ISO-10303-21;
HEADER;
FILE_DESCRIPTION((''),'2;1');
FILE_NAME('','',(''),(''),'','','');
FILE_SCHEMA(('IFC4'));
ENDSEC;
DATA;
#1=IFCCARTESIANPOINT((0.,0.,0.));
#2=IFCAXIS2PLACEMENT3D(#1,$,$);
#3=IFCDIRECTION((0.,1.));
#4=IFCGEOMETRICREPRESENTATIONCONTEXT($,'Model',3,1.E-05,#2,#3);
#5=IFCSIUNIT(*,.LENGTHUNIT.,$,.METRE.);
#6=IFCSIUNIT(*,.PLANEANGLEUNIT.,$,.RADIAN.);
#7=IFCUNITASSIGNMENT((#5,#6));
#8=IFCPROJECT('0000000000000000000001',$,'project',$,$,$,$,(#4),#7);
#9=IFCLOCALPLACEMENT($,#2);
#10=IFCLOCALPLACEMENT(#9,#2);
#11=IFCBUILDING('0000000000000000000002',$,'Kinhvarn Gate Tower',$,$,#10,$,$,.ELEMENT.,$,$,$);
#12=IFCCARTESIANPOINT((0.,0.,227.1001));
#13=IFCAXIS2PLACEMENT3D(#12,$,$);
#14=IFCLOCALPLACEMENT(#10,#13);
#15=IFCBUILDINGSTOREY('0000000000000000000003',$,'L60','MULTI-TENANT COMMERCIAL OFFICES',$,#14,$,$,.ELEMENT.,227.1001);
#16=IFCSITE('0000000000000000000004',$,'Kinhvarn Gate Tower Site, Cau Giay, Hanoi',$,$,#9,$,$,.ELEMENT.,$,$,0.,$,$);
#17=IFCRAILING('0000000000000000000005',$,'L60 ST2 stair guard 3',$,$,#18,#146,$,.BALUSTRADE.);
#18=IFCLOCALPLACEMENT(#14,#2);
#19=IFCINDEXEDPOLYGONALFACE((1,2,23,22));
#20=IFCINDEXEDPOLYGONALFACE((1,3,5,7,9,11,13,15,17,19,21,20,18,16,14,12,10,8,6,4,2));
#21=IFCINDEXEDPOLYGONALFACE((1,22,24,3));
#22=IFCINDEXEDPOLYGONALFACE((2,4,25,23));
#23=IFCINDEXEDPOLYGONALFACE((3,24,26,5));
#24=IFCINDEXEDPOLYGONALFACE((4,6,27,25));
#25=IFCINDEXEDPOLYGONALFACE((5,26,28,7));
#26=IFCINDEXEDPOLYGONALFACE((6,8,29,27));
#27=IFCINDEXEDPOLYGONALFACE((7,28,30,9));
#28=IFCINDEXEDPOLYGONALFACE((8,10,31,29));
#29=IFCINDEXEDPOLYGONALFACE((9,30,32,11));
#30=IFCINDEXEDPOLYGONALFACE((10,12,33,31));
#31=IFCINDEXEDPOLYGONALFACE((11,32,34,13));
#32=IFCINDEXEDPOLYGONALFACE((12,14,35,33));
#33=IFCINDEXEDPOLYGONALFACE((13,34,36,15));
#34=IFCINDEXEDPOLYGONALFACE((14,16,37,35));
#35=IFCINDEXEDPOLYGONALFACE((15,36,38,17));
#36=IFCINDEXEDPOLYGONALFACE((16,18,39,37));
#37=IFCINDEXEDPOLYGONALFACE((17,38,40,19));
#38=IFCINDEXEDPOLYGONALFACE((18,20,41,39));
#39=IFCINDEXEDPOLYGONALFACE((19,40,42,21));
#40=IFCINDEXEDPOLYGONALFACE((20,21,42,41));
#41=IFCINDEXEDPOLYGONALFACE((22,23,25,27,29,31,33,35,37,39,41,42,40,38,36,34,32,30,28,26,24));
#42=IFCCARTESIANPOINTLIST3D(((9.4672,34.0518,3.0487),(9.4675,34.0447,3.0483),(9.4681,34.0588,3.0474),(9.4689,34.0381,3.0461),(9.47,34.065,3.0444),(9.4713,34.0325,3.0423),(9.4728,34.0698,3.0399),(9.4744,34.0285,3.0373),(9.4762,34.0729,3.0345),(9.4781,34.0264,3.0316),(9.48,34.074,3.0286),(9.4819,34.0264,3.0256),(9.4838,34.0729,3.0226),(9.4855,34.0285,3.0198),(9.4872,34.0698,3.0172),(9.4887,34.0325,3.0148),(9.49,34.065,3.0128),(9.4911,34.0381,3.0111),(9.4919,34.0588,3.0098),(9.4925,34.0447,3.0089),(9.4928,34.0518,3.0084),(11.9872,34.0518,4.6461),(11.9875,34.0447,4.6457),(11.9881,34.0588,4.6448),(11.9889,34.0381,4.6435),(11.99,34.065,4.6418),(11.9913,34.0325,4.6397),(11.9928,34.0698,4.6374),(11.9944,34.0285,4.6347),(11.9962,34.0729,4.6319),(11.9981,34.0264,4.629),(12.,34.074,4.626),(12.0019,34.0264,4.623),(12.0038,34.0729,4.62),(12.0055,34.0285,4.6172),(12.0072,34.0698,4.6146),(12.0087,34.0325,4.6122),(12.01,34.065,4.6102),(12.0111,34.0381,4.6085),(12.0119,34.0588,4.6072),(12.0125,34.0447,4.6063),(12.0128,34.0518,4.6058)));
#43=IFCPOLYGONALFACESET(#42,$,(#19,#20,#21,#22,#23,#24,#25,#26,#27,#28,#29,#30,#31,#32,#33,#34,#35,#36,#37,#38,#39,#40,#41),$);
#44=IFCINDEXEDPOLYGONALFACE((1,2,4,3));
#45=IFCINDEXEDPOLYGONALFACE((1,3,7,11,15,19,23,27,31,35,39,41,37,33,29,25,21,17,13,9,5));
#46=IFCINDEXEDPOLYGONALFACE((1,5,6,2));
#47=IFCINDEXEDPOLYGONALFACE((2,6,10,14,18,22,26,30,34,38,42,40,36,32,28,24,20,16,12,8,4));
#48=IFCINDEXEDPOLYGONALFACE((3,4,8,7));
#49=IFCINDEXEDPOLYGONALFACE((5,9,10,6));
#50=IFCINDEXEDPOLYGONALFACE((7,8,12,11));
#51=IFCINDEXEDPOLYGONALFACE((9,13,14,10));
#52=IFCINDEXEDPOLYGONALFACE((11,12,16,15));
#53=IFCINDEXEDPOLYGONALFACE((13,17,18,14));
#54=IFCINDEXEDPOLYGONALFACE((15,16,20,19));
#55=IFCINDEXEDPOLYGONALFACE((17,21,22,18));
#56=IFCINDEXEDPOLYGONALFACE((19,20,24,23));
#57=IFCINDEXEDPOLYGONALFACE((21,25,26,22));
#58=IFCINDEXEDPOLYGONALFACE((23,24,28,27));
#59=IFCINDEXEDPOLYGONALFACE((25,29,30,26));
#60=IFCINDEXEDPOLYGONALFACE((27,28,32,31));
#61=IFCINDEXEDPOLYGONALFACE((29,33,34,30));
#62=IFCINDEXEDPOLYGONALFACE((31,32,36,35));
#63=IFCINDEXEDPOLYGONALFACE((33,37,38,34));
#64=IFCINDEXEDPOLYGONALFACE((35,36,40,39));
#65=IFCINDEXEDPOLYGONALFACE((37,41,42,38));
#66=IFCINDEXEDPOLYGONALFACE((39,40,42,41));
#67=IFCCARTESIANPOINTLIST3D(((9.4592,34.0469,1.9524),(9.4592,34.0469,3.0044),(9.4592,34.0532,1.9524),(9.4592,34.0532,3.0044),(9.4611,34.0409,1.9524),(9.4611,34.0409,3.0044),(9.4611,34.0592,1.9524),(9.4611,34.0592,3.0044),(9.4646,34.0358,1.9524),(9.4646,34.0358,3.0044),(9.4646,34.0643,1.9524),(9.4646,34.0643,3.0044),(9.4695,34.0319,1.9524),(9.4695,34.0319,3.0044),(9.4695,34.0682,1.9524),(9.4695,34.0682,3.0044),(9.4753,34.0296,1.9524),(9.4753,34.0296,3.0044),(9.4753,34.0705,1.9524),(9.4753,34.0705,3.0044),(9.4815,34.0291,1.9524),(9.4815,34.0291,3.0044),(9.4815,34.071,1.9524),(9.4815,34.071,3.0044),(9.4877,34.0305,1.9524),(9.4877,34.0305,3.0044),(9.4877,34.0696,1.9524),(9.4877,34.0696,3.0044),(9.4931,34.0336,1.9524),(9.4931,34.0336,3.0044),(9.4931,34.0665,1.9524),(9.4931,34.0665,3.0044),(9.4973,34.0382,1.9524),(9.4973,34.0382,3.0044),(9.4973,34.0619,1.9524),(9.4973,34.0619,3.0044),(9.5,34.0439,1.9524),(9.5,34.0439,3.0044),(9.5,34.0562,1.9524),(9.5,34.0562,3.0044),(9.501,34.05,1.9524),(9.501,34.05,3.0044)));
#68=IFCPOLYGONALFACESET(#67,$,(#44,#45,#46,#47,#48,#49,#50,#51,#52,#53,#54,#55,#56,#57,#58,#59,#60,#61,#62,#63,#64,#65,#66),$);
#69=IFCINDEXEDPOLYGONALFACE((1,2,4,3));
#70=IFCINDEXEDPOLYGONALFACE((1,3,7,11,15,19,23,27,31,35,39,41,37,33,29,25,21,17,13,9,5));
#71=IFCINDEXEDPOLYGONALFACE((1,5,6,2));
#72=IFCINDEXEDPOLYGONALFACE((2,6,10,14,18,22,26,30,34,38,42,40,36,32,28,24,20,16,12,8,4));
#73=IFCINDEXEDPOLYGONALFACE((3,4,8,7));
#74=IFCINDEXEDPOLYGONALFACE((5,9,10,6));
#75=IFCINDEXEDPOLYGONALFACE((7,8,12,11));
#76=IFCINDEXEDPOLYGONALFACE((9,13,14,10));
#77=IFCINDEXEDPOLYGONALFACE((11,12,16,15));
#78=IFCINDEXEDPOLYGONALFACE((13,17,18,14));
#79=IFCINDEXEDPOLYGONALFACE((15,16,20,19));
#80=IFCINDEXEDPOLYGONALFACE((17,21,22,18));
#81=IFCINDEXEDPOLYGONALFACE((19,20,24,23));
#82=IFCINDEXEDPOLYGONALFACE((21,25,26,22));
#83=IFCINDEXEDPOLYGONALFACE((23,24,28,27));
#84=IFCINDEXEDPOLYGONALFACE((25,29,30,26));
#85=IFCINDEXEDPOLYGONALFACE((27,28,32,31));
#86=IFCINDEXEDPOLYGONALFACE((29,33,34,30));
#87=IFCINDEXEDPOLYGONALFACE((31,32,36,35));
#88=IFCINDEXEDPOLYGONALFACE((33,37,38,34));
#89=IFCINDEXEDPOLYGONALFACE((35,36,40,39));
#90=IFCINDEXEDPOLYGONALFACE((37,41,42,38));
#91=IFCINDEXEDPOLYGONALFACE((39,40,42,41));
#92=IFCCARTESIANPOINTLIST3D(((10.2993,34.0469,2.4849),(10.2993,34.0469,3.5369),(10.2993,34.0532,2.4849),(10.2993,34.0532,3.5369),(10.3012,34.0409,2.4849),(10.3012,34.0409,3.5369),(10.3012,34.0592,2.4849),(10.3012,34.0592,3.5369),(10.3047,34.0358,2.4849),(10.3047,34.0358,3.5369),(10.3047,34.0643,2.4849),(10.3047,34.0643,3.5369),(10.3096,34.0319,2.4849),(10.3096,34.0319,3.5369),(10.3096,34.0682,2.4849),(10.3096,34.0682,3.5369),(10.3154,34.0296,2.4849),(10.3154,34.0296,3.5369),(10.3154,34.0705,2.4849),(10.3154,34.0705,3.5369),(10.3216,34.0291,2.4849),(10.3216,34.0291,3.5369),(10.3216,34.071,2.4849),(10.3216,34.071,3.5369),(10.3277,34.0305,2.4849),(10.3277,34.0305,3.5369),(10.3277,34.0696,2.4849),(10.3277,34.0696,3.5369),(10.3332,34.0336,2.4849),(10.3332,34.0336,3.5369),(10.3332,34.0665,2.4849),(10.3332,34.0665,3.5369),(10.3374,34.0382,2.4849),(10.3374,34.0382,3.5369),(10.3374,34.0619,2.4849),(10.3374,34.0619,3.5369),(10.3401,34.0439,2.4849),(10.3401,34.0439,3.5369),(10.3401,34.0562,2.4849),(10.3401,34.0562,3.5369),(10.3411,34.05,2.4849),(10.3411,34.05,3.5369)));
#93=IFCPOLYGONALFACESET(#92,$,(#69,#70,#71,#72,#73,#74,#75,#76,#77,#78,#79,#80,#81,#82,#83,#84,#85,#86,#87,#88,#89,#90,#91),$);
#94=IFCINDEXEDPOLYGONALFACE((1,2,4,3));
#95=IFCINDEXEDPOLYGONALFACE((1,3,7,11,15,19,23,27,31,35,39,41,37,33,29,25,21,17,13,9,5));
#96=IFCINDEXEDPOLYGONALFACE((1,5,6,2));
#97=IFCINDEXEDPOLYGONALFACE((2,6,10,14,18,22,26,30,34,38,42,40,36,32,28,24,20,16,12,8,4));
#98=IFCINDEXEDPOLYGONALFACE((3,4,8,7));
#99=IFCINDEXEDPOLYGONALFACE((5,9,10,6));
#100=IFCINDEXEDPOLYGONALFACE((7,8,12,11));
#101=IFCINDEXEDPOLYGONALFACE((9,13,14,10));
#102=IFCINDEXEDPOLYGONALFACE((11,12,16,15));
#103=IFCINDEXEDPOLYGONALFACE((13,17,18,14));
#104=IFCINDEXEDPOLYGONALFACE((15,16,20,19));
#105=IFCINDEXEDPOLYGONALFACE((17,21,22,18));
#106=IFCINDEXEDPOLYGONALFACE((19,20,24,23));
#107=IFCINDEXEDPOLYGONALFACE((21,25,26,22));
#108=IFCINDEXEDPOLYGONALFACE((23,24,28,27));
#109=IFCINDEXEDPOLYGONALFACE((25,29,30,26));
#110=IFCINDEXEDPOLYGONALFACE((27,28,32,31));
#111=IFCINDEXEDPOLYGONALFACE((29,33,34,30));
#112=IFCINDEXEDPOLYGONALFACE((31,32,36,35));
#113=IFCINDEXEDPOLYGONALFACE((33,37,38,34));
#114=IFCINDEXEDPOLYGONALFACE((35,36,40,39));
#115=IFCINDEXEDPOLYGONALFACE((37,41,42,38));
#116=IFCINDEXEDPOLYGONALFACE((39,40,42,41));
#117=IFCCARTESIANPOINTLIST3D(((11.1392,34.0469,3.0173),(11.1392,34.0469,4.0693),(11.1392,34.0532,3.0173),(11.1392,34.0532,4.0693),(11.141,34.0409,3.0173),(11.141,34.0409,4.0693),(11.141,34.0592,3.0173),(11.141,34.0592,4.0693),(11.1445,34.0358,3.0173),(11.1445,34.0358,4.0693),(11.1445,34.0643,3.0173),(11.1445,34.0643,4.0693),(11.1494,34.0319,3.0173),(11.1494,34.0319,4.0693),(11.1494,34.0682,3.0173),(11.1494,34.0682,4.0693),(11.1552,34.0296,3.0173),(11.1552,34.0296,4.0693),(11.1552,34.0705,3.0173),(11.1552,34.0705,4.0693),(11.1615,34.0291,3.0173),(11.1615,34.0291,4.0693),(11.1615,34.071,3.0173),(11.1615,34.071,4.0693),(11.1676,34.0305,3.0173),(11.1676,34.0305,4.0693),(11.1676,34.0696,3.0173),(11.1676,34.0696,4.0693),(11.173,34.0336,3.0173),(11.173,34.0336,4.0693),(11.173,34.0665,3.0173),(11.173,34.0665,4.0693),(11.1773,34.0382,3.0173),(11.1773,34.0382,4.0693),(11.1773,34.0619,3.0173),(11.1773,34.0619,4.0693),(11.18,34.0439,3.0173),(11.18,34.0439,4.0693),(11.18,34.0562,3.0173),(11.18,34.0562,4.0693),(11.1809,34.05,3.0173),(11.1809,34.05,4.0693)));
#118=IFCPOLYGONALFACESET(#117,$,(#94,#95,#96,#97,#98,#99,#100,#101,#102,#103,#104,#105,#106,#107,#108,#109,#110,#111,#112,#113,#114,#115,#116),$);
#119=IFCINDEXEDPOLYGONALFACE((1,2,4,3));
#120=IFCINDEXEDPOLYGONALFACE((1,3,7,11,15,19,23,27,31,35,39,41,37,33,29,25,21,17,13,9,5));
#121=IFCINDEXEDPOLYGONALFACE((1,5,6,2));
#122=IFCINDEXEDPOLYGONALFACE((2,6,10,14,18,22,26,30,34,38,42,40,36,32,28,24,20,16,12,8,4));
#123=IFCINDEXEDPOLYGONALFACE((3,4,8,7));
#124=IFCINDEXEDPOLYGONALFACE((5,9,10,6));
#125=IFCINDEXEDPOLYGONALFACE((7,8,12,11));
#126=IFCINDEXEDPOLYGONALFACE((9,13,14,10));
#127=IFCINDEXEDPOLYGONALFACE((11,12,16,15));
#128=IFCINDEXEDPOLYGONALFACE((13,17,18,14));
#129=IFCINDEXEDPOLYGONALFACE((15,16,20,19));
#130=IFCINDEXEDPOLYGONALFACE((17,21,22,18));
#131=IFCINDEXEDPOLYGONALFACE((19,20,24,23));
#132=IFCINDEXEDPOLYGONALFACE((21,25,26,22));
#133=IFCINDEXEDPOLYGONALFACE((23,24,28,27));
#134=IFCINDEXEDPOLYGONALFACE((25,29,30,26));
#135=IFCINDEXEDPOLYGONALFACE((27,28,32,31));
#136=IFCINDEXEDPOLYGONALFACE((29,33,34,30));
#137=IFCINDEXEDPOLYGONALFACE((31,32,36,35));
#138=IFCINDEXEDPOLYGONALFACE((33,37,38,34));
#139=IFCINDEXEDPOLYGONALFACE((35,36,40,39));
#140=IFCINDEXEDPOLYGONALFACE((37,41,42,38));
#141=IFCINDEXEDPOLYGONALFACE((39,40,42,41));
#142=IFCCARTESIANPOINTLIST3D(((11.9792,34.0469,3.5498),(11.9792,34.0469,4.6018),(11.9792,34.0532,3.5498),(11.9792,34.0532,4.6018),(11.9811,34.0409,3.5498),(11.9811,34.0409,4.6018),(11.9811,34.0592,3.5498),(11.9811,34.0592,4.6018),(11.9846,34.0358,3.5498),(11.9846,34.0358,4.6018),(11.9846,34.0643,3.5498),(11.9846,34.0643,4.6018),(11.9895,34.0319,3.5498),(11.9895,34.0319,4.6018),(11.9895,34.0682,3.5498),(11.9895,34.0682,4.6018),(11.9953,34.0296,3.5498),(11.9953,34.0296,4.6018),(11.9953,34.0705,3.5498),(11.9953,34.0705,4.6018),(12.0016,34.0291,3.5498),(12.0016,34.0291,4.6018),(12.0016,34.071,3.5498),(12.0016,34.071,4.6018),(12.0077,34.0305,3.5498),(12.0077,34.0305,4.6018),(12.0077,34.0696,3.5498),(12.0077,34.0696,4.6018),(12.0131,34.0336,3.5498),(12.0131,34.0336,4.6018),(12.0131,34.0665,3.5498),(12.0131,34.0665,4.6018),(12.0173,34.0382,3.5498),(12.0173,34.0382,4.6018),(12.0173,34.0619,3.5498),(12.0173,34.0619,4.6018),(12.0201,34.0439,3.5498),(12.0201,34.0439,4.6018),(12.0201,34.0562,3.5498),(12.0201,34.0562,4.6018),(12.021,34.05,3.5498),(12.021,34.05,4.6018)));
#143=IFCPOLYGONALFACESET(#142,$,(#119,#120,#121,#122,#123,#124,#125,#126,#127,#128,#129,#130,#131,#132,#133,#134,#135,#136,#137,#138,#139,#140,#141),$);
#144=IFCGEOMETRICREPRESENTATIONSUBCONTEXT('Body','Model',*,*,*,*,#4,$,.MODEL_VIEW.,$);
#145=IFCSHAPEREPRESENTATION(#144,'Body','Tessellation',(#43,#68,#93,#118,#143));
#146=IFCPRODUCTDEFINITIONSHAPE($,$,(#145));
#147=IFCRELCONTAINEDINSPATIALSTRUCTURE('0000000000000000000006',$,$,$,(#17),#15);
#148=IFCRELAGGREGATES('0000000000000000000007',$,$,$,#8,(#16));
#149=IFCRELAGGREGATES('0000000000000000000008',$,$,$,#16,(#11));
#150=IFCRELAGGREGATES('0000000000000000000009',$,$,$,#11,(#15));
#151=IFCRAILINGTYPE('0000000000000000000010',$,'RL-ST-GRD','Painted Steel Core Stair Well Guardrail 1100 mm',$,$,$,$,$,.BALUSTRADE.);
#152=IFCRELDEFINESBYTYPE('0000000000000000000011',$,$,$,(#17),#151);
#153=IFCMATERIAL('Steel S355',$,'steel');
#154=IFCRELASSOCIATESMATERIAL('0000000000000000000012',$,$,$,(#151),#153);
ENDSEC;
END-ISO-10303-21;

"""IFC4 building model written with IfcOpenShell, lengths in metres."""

from ifc_helpers import new_model, si_unit, direction, frame, origin, origin_2d, place, context, subcontext, project, spatial, circle, extrude, material, type_object, element, save


model = new_model("IFC4")

# Units and contexts
model_context = context("Model", 3, precision=1e-05, world=origin(), true_north=direction((0.0, 1.0)))
body_context = subcontext(model_context, "Body", "Model", "MODEL_VIEW")
ifc_project = project(units=[si_unit("LENGTHUNIT", "METRE"), si_unit("PLANEANGLEUNIT", "RADIAN")], contexts=[model_context])

# Site, building, storey
site_placement = place(None, origin())
site = spatial("IfcSite", under=ifc_project, at=site_placement, Name="Kinhvarn Gate Tower Site, Cau Giay, Hanoi", CompositionType="ELEMENT", RefElevation=0.0)
building_placement = place(site_placement, origin())
building = spatial("IfcBuilding", under=site, at=building_placement, Name="Kinhvarn Gate Tower", CompositionType="ELEMENT")
storey_placement = place(building_placement, frame((0.0, 0.0, 227.1001)))
storey = spatial("IfcBuildingStorey", under=building, at=storey_placement, Name="L60", Description="MULTI-TENANT COMMERCIAL OFFICES", CompositionType="ELEMENT", Elevation=227.1001)

# Railing
ifc_material_1 = material(Name="Steel S355", Category="steel")
railing_type_1 = type_object("IfcRailingType", Name="RL-ST-GRD", Description="Painted Steel Core Stair Well Guardrail 1100 mm", PredefinedType="BALUSTRADE", material=ifc_material_1)
railing_1_placement = place(storey_placement, frame((9.48, 34.05, 1.9524)))
element("IfcRailing", 1, at=railing_1_placement, inside=storey, type_object=railing_type_1, Name="L60 ST2 stair guard 3", PredefinedType="BALUSTRADE", context=body_context, shape_type="SweptSolid", body=[
    extrude(circle(Radius=0.0239, at=origin_2d()), frame((0.0, 0.0, 1.0762), z_axis=(0.844607, 0.0, 0.535387), x_axis=(0.0, 1.0, 0.0)), (0.0, 0.0, 1.0), 2.9836),
    extrude(circle(Radius=0.021, at=origin_2d()), origin(), (0.0, 0.0, 1.0), 1.052),
    extrude(circle(Radius=0.021, at=origin_2d()), frame((0.8401, 0.0, 0.5325)), (0.0, 0.0, 1.0), 1.052),
    extrude(circle(Radius=0.021, at=origin_2d()), frame((1.6799, 0.0, 1.0649)), (0.0, 0.0, 1.0), 1.052),
    extrude(circle(Radius=0.021, at=origin_2d()), frame((2.52, 0.0, 1.5974)), (0.0, 0.0, 1.0), 1.052),
])

save(model, "model.ifc")
